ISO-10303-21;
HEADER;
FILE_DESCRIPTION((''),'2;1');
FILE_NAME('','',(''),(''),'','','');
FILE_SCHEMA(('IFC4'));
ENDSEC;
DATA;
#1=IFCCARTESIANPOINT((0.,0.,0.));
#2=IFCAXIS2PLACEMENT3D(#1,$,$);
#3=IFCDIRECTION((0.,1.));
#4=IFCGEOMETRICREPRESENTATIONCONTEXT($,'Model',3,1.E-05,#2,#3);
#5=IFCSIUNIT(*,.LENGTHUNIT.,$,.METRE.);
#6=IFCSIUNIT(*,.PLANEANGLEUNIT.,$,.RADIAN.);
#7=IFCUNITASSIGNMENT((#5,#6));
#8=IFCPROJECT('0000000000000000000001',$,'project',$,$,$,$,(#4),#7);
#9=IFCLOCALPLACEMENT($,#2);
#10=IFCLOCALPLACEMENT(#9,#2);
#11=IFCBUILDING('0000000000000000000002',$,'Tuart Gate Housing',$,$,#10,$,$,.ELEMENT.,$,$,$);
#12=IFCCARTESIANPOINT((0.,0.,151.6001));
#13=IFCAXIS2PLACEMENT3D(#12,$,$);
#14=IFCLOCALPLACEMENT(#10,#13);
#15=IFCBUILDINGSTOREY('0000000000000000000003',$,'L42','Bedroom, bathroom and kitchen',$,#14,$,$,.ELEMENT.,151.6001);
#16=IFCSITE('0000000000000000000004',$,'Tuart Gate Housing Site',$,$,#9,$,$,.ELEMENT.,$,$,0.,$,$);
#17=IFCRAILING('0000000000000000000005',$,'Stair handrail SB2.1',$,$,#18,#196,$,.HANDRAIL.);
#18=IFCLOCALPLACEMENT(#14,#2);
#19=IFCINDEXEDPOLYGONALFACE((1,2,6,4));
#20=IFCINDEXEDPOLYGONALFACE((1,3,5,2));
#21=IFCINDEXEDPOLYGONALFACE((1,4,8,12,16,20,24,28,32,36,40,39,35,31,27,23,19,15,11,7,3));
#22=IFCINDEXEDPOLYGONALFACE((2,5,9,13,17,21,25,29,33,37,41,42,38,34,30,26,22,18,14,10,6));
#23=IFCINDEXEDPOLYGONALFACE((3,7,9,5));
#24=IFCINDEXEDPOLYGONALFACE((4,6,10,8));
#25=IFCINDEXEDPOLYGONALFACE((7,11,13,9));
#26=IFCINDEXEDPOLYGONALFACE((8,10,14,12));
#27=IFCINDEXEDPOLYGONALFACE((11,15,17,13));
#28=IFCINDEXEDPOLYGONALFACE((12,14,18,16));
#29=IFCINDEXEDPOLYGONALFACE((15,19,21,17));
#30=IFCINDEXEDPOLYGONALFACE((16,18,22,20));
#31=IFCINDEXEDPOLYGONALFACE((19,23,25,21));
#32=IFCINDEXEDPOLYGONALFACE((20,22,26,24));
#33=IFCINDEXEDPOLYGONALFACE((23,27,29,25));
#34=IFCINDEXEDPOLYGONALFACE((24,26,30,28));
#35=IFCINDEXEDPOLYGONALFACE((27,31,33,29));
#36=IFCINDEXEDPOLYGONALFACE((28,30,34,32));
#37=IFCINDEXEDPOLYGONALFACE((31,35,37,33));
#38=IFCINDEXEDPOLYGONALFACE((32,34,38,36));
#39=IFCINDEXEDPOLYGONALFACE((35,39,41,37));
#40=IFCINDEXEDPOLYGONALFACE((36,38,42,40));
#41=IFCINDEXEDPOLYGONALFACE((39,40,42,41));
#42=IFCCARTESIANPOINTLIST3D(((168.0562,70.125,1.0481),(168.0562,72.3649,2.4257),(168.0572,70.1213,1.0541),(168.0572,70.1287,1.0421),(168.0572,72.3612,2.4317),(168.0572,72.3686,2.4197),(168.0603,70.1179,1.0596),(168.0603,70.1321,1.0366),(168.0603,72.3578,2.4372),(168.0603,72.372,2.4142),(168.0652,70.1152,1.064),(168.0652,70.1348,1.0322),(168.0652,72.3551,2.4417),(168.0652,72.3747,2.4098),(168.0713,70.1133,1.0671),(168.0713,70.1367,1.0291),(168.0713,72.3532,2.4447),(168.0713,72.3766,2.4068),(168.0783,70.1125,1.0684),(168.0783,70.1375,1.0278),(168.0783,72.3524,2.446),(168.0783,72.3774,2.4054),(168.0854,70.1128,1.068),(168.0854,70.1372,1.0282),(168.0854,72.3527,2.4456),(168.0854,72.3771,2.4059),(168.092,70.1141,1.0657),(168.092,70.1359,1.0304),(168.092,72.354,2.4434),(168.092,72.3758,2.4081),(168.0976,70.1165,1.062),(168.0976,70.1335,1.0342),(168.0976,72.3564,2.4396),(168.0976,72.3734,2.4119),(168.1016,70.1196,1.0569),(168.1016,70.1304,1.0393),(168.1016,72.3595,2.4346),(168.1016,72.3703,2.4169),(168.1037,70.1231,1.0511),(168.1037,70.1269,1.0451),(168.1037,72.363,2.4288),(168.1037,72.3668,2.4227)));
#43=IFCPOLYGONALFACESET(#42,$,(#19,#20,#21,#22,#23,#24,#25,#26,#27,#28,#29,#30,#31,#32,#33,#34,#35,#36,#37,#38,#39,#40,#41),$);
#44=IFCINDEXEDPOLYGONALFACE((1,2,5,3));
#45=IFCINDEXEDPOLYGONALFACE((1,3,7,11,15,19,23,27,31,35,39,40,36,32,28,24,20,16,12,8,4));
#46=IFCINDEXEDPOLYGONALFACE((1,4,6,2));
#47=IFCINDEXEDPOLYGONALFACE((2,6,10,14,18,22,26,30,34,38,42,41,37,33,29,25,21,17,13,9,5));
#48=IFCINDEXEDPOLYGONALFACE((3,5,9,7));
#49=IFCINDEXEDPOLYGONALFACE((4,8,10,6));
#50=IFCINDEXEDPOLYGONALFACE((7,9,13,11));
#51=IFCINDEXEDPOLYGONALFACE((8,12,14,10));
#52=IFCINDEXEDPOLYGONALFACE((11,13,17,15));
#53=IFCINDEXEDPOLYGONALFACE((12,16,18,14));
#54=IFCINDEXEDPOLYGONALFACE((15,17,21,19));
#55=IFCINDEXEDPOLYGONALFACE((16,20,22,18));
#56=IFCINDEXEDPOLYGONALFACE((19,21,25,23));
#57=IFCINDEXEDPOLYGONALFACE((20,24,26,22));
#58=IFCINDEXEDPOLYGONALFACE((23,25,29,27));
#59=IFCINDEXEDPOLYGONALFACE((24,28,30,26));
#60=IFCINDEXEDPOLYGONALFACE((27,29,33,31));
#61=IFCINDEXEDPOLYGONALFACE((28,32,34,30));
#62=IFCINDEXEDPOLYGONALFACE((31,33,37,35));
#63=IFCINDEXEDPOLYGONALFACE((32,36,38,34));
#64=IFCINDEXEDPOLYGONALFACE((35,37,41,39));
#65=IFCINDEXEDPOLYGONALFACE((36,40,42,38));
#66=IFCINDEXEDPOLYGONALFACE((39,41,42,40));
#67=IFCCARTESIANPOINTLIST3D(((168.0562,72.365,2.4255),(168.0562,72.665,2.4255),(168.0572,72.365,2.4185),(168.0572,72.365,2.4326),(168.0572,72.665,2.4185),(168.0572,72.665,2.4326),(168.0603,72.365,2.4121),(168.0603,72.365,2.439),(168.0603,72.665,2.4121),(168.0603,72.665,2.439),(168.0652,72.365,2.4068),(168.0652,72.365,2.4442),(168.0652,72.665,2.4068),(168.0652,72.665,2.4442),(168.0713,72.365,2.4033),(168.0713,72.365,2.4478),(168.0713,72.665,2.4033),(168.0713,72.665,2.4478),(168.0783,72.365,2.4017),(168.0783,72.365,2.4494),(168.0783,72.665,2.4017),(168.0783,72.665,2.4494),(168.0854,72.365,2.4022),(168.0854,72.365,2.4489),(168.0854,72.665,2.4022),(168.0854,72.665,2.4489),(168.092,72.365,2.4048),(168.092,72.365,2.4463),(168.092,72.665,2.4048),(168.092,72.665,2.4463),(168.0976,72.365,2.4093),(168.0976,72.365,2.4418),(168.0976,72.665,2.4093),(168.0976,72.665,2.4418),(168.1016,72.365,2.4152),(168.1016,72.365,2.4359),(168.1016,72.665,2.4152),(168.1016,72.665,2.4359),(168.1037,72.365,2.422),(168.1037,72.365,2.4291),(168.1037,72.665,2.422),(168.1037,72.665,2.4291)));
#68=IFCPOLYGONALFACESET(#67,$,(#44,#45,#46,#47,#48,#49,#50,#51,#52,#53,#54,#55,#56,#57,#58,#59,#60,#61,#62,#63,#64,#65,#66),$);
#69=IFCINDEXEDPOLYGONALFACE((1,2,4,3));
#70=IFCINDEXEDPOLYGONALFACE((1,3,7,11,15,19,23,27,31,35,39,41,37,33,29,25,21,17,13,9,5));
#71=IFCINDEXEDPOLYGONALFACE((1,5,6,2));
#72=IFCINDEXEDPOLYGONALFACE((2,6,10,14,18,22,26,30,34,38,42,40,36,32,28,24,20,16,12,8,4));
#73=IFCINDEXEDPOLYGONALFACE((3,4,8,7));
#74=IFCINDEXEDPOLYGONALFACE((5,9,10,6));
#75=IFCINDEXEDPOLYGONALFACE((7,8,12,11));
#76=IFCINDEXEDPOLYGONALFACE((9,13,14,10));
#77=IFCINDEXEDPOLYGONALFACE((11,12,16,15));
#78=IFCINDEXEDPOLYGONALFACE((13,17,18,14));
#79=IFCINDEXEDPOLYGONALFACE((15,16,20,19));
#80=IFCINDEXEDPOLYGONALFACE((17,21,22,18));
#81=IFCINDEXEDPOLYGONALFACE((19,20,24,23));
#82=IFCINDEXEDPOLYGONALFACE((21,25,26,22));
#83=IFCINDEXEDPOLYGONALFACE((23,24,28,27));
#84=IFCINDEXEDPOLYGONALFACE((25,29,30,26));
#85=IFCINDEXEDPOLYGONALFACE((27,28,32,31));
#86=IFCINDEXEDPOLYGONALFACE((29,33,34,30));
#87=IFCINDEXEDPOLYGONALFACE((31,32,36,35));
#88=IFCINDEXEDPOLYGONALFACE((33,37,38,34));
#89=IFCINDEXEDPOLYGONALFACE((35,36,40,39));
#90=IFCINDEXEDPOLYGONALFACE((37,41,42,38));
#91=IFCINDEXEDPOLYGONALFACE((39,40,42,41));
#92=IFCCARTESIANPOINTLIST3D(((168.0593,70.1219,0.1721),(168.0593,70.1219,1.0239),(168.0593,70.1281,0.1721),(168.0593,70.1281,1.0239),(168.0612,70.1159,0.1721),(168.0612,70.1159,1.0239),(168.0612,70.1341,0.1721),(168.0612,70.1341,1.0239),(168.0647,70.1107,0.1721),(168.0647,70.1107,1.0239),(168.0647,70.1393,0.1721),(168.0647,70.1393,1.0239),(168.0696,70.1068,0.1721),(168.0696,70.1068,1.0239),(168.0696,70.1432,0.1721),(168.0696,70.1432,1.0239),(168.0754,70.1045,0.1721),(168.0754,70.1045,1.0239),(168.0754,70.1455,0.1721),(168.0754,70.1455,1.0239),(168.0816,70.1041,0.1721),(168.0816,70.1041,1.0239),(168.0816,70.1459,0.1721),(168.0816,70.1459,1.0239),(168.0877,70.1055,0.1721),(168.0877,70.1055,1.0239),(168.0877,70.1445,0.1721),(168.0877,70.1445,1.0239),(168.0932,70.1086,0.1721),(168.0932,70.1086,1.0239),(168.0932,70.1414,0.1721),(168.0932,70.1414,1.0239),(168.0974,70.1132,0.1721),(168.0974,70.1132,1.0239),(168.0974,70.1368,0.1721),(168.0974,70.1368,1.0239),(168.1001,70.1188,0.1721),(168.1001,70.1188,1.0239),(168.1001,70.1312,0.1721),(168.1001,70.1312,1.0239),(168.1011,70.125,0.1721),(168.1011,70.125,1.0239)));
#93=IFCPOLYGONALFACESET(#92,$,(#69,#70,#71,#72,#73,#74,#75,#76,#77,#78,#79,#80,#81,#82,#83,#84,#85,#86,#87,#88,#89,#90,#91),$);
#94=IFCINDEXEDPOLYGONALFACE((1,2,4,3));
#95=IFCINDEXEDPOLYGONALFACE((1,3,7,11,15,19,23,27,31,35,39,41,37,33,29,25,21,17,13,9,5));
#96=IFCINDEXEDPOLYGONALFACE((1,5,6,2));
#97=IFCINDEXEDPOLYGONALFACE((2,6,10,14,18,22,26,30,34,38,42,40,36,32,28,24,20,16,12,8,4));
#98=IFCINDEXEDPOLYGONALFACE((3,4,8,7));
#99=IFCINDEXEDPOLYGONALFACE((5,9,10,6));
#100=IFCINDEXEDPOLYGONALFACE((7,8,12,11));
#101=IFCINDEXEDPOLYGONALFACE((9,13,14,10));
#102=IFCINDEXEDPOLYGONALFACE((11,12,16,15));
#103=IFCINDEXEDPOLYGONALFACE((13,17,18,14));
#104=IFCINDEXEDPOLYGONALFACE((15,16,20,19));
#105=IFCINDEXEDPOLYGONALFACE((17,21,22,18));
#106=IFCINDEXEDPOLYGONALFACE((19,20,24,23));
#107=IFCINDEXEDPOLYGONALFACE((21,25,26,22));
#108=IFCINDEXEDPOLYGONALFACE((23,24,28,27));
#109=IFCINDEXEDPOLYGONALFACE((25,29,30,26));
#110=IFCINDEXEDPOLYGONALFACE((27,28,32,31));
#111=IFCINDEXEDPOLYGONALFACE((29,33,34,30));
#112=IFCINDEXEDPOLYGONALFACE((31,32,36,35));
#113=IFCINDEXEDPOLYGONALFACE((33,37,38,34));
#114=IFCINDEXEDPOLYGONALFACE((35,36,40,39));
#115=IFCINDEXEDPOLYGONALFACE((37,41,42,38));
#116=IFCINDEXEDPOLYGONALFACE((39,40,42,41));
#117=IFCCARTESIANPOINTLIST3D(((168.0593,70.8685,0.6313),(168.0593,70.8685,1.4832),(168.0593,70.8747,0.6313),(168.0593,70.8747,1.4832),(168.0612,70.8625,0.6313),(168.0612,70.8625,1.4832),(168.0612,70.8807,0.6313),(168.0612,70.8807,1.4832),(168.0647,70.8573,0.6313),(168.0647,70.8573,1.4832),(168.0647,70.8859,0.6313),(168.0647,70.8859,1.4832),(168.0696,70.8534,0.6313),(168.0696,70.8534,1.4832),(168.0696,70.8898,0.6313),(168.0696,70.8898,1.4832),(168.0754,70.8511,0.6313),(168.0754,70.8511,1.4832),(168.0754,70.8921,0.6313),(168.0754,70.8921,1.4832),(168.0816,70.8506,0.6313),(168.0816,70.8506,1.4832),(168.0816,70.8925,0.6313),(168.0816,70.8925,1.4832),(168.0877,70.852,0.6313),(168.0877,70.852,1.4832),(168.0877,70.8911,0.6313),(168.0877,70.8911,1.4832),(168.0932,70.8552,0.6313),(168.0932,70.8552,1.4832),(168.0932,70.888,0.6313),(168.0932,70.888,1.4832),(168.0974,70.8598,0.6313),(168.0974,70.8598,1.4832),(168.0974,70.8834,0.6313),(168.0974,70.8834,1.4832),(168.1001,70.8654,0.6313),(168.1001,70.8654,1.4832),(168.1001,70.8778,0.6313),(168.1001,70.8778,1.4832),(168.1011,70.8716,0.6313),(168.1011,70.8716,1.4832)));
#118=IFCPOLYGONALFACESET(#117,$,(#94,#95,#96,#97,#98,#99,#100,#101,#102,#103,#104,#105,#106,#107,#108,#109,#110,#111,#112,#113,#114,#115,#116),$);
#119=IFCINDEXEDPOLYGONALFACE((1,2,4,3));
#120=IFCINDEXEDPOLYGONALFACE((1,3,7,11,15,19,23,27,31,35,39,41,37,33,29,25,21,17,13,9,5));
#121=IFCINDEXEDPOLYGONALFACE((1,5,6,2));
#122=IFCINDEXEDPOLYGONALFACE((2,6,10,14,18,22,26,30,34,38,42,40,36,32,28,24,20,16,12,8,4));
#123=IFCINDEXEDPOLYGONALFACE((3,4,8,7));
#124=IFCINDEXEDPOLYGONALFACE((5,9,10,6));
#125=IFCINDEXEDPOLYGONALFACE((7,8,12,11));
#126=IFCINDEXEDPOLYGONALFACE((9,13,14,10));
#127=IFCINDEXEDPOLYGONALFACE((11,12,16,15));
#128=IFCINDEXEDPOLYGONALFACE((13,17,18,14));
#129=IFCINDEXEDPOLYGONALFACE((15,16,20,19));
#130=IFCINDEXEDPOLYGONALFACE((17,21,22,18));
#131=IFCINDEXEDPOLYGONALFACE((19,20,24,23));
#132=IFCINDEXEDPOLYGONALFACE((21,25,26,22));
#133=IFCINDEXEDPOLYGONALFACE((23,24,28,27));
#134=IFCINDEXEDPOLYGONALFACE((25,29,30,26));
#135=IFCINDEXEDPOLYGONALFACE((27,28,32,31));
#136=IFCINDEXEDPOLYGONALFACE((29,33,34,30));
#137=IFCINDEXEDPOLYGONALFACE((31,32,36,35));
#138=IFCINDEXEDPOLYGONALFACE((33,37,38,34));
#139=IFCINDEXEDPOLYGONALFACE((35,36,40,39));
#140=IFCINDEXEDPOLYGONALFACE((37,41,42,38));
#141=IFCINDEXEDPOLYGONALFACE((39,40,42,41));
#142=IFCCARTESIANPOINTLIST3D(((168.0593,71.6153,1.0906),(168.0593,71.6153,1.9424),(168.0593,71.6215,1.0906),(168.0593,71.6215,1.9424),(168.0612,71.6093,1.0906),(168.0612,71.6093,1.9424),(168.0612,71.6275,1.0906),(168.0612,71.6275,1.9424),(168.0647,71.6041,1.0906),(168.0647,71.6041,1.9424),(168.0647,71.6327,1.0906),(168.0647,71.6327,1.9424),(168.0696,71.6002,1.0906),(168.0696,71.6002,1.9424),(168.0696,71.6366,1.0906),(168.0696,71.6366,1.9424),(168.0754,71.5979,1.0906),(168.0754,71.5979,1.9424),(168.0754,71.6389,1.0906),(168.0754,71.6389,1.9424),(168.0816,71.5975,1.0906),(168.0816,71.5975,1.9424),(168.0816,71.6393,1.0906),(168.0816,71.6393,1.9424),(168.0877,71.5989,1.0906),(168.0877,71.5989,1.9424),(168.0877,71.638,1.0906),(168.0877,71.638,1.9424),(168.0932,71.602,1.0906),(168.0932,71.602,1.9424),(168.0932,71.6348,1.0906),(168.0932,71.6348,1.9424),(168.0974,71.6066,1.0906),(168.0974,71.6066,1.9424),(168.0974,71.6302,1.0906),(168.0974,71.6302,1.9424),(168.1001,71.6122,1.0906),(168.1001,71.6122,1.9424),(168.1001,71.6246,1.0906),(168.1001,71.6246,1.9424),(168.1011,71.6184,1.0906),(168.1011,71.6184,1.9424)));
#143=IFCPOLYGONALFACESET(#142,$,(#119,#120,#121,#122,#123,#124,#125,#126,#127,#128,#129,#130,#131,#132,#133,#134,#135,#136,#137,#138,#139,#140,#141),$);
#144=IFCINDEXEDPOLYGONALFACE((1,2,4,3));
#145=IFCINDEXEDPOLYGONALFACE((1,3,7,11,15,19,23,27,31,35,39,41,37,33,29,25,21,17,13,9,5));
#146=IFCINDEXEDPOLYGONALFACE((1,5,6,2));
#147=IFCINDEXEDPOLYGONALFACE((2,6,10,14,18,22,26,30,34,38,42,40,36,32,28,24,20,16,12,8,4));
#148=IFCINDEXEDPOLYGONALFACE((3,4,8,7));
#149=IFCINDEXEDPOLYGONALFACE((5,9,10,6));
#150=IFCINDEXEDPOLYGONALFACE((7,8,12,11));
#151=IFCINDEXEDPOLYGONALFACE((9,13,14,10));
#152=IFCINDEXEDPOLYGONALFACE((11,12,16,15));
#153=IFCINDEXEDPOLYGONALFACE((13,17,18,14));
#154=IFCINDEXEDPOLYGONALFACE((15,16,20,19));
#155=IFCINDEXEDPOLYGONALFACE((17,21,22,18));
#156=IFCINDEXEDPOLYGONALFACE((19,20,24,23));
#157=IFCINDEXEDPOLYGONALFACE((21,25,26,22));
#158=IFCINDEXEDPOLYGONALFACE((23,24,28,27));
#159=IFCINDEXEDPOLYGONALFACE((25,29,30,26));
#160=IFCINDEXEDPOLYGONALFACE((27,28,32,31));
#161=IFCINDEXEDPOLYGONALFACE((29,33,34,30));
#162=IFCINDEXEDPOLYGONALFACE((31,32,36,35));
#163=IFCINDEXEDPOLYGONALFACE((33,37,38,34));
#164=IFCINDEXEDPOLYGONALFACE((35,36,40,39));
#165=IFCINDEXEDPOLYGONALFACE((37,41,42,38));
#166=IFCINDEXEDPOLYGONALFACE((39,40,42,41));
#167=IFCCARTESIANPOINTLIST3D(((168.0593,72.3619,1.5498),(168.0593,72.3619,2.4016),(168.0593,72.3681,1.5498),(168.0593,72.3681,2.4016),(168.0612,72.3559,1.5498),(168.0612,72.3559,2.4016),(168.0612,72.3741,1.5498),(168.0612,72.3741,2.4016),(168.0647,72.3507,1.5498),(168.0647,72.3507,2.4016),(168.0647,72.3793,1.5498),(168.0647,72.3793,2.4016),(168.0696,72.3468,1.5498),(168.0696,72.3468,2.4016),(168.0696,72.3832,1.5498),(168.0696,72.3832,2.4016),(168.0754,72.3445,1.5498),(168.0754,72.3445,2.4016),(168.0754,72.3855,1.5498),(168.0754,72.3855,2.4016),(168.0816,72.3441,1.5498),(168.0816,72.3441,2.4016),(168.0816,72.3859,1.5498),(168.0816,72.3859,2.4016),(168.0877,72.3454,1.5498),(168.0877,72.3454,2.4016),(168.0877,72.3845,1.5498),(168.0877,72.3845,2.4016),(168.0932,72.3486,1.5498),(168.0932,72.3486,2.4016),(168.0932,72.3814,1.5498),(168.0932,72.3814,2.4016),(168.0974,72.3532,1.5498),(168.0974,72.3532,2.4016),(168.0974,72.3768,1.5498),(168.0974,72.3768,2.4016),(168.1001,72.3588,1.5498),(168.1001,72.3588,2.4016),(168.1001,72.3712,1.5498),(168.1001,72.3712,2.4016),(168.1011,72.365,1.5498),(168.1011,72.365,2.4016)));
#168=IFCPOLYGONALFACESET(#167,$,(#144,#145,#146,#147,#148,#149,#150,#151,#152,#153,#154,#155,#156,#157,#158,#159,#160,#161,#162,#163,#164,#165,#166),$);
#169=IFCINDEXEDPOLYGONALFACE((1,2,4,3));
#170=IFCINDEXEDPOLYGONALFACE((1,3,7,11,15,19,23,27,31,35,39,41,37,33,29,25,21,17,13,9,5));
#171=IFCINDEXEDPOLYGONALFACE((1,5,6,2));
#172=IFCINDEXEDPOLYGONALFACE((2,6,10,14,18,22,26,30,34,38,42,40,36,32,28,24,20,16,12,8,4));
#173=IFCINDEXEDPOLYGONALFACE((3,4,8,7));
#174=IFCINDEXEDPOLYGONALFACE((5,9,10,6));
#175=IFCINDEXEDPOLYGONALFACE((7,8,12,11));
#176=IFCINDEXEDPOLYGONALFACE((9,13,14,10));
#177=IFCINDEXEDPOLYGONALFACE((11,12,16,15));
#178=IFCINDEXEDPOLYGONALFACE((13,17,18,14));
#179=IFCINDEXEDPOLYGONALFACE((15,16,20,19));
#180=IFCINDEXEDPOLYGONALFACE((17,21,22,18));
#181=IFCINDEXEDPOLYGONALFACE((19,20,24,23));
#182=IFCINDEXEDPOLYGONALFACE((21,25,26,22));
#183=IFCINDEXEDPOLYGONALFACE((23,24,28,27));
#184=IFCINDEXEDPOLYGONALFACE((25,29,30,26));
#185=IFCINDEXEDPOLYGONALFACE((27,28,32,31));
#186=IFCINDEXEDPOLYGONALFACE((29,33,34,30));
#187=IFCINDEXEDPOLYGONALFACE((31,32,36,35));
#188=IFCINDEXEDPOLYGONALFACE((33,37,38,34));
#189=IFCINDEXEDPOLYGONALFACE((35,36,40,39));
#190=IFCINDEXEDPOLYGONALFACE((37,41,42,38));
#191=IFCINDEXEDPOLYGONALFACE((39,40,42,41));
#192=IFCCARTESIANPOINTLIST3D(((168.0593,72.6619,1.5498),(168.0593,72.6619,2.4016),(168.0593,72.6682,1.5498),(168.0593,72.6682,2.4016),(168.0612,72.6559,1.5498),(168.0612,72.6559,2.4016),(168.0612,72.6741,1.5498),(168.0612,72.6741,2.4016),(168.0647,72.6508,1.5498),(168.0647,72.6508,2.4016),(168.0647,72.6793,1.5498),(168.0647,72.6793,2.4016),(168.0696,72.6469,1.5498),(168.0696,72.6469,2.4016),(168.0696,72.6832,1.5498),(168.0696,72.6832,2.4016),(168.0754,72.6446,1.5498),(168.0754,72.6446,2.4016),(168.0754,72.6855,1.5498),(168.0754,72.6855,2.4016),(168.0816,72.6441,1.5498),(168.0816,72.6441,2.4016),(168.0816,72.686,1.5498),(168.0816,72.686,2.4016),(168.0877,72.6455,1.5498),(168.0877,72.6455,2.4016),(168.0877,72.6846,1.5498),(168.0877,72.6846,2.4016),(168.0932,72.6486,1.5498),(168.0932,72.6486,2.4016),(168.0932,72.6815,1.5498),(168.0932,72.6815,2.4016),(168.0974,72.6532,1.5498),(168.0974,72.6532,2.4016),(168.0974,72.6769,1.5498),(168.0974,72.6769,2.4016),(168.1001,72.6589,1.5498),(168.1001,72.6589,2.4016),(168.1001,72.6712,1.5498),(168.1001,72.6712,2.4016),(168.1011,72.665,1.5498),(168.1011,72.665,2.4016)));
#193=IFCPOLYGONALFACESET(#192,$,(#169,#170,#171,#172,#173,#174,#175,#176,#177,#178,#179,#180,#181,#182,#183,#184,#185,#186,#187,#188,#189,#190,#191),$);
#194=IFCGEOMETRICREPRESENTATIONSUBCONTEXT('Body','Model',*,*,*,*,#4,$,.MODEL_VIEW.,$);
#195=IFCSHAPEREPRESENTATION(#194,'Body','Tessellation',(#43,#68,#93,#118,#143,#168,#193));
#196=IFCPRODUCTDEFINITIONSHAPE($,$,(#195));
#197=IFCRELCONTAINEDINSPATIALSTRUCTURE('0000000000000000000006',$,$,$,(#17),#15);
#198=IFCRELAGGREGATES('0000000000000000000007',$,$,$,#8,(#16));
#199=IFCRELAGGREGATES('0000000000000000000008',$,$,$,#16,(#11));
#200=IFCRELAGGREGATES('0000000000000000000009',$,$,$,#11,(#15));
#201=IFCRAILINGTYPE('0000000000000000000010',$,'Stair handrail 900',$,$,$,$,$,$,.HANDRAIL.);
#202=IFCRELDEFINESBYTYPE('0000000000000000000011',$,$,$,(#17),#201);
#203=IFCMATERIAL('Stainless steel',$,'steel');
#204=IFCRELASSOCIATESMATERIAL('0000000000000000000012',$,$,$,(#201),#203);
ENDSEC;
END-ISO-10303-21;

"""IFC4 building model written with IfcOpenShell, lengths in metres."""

from ifc_helpers import new_model, si_unit, direction, frame, origin, origin_2d, place, context, subcontext, project, spatial, circle, extrude, material, type_object, element, save


model = new_model("IFC4")

# Units and contexts
model_context = context("Model", 3, precision=1e-05, world=origin(), true_north=direction((0.0, 1.0)))
body_context = subcontext(model_context, "Body", "Model", "MODEL_VIEW")
ifc_project = project(units=[si_unit("LENGTHUNIT", "METRE"), si_unit("PLANEANGLEUNIT", "RADIAN")], contexts=[model_context])

# Site, building, storey
site_placement = place(None, origin())
site = spatial("IfcSite", under=ifc_project, at=site_placement, Name="Tuart Gate Housing Site", CompositionType="ELEMENT", RefElevation=0.0)
building_placement = place(site_placement, origin())
building = spatial("IfcBuilding", under=site, at=building_placement, Name="Tuart Gate Housing", CompositionType="ELEMENT")
storey_placement = place(building_placement, frame((0.0, 0.0, 151.6001)))
storey = spatial("IfcBuildingStorey", under=building, at=storey_placement, Name="L42", Description="Bedroom, bathroom and kitchen", CompositionType="ELEMENT", Elevation=151.6001)

# Railing
ifc_material_1 = material(Name="Stainless steel", Category="steel")
railing_type = type_object("IfcRailingType", Name="Stair handrail 900", PredefinedType="HANDRAIL", material=ifc_material_1)
railing_placement = place(storey_placement, frame((168.0801, 70.125, 0.1721)))
element("IfcRailing", 1, at=railing_placement, inside=storey, type_object=railing_type, Name="Stair handrail SB2.1", PredefinedType="HANDRAIL", context=body_context, shape_type="SweptSolid", body=[
    extrude(circle(Radius=0.0239, at=origin_2d()), frame((0.0, 0.0, 0.876), z_axis=(0.0, 0.851789, 0.523885), x_axis=(-1.0, 0.0, 0.0)), (0.0, 0.0, 1.0), 2.6296),
    extrude(circle(Radius=0.0239, at=origin_2d()), frame((0.0, 2.24, 2.2534), z_axis=(0.0, 1.0, 0.0), x_axis=(-1.0, 0.0, 0.0)), (0.0, 0.0, 1.0), 0.3),
    extrude(circle(Radius=0.021, at=origin_2d()), origin(), (0.0, 0.0, 1.0), 0.8518),
    extrude(circle(Radius=0.021, at=origin_2d()), frame((0.0, 0.7466, 0.4592)), (0.0, 0.0, 1.0), 0.8518),
    extrude(circle(Radius=0.021, at=origin_2d()), frame((0.0, 1.4934, 0.9185)), (0.0, 0.0, 1.0), 0.8518),
    extrude(circle(Radius=0.021, at=origin_2d()), frame((0.0, 2.24, 1.3777)), (0.0, 0.0, 1.0), 0.8518),
    extrude(circle(Radius=0.021, at=origin_2d()), frame((0.0, 2.54, 1.3777)), (0.0, 0.0, 1.0), 0.8518),
])

save(model, "model.ifc")
